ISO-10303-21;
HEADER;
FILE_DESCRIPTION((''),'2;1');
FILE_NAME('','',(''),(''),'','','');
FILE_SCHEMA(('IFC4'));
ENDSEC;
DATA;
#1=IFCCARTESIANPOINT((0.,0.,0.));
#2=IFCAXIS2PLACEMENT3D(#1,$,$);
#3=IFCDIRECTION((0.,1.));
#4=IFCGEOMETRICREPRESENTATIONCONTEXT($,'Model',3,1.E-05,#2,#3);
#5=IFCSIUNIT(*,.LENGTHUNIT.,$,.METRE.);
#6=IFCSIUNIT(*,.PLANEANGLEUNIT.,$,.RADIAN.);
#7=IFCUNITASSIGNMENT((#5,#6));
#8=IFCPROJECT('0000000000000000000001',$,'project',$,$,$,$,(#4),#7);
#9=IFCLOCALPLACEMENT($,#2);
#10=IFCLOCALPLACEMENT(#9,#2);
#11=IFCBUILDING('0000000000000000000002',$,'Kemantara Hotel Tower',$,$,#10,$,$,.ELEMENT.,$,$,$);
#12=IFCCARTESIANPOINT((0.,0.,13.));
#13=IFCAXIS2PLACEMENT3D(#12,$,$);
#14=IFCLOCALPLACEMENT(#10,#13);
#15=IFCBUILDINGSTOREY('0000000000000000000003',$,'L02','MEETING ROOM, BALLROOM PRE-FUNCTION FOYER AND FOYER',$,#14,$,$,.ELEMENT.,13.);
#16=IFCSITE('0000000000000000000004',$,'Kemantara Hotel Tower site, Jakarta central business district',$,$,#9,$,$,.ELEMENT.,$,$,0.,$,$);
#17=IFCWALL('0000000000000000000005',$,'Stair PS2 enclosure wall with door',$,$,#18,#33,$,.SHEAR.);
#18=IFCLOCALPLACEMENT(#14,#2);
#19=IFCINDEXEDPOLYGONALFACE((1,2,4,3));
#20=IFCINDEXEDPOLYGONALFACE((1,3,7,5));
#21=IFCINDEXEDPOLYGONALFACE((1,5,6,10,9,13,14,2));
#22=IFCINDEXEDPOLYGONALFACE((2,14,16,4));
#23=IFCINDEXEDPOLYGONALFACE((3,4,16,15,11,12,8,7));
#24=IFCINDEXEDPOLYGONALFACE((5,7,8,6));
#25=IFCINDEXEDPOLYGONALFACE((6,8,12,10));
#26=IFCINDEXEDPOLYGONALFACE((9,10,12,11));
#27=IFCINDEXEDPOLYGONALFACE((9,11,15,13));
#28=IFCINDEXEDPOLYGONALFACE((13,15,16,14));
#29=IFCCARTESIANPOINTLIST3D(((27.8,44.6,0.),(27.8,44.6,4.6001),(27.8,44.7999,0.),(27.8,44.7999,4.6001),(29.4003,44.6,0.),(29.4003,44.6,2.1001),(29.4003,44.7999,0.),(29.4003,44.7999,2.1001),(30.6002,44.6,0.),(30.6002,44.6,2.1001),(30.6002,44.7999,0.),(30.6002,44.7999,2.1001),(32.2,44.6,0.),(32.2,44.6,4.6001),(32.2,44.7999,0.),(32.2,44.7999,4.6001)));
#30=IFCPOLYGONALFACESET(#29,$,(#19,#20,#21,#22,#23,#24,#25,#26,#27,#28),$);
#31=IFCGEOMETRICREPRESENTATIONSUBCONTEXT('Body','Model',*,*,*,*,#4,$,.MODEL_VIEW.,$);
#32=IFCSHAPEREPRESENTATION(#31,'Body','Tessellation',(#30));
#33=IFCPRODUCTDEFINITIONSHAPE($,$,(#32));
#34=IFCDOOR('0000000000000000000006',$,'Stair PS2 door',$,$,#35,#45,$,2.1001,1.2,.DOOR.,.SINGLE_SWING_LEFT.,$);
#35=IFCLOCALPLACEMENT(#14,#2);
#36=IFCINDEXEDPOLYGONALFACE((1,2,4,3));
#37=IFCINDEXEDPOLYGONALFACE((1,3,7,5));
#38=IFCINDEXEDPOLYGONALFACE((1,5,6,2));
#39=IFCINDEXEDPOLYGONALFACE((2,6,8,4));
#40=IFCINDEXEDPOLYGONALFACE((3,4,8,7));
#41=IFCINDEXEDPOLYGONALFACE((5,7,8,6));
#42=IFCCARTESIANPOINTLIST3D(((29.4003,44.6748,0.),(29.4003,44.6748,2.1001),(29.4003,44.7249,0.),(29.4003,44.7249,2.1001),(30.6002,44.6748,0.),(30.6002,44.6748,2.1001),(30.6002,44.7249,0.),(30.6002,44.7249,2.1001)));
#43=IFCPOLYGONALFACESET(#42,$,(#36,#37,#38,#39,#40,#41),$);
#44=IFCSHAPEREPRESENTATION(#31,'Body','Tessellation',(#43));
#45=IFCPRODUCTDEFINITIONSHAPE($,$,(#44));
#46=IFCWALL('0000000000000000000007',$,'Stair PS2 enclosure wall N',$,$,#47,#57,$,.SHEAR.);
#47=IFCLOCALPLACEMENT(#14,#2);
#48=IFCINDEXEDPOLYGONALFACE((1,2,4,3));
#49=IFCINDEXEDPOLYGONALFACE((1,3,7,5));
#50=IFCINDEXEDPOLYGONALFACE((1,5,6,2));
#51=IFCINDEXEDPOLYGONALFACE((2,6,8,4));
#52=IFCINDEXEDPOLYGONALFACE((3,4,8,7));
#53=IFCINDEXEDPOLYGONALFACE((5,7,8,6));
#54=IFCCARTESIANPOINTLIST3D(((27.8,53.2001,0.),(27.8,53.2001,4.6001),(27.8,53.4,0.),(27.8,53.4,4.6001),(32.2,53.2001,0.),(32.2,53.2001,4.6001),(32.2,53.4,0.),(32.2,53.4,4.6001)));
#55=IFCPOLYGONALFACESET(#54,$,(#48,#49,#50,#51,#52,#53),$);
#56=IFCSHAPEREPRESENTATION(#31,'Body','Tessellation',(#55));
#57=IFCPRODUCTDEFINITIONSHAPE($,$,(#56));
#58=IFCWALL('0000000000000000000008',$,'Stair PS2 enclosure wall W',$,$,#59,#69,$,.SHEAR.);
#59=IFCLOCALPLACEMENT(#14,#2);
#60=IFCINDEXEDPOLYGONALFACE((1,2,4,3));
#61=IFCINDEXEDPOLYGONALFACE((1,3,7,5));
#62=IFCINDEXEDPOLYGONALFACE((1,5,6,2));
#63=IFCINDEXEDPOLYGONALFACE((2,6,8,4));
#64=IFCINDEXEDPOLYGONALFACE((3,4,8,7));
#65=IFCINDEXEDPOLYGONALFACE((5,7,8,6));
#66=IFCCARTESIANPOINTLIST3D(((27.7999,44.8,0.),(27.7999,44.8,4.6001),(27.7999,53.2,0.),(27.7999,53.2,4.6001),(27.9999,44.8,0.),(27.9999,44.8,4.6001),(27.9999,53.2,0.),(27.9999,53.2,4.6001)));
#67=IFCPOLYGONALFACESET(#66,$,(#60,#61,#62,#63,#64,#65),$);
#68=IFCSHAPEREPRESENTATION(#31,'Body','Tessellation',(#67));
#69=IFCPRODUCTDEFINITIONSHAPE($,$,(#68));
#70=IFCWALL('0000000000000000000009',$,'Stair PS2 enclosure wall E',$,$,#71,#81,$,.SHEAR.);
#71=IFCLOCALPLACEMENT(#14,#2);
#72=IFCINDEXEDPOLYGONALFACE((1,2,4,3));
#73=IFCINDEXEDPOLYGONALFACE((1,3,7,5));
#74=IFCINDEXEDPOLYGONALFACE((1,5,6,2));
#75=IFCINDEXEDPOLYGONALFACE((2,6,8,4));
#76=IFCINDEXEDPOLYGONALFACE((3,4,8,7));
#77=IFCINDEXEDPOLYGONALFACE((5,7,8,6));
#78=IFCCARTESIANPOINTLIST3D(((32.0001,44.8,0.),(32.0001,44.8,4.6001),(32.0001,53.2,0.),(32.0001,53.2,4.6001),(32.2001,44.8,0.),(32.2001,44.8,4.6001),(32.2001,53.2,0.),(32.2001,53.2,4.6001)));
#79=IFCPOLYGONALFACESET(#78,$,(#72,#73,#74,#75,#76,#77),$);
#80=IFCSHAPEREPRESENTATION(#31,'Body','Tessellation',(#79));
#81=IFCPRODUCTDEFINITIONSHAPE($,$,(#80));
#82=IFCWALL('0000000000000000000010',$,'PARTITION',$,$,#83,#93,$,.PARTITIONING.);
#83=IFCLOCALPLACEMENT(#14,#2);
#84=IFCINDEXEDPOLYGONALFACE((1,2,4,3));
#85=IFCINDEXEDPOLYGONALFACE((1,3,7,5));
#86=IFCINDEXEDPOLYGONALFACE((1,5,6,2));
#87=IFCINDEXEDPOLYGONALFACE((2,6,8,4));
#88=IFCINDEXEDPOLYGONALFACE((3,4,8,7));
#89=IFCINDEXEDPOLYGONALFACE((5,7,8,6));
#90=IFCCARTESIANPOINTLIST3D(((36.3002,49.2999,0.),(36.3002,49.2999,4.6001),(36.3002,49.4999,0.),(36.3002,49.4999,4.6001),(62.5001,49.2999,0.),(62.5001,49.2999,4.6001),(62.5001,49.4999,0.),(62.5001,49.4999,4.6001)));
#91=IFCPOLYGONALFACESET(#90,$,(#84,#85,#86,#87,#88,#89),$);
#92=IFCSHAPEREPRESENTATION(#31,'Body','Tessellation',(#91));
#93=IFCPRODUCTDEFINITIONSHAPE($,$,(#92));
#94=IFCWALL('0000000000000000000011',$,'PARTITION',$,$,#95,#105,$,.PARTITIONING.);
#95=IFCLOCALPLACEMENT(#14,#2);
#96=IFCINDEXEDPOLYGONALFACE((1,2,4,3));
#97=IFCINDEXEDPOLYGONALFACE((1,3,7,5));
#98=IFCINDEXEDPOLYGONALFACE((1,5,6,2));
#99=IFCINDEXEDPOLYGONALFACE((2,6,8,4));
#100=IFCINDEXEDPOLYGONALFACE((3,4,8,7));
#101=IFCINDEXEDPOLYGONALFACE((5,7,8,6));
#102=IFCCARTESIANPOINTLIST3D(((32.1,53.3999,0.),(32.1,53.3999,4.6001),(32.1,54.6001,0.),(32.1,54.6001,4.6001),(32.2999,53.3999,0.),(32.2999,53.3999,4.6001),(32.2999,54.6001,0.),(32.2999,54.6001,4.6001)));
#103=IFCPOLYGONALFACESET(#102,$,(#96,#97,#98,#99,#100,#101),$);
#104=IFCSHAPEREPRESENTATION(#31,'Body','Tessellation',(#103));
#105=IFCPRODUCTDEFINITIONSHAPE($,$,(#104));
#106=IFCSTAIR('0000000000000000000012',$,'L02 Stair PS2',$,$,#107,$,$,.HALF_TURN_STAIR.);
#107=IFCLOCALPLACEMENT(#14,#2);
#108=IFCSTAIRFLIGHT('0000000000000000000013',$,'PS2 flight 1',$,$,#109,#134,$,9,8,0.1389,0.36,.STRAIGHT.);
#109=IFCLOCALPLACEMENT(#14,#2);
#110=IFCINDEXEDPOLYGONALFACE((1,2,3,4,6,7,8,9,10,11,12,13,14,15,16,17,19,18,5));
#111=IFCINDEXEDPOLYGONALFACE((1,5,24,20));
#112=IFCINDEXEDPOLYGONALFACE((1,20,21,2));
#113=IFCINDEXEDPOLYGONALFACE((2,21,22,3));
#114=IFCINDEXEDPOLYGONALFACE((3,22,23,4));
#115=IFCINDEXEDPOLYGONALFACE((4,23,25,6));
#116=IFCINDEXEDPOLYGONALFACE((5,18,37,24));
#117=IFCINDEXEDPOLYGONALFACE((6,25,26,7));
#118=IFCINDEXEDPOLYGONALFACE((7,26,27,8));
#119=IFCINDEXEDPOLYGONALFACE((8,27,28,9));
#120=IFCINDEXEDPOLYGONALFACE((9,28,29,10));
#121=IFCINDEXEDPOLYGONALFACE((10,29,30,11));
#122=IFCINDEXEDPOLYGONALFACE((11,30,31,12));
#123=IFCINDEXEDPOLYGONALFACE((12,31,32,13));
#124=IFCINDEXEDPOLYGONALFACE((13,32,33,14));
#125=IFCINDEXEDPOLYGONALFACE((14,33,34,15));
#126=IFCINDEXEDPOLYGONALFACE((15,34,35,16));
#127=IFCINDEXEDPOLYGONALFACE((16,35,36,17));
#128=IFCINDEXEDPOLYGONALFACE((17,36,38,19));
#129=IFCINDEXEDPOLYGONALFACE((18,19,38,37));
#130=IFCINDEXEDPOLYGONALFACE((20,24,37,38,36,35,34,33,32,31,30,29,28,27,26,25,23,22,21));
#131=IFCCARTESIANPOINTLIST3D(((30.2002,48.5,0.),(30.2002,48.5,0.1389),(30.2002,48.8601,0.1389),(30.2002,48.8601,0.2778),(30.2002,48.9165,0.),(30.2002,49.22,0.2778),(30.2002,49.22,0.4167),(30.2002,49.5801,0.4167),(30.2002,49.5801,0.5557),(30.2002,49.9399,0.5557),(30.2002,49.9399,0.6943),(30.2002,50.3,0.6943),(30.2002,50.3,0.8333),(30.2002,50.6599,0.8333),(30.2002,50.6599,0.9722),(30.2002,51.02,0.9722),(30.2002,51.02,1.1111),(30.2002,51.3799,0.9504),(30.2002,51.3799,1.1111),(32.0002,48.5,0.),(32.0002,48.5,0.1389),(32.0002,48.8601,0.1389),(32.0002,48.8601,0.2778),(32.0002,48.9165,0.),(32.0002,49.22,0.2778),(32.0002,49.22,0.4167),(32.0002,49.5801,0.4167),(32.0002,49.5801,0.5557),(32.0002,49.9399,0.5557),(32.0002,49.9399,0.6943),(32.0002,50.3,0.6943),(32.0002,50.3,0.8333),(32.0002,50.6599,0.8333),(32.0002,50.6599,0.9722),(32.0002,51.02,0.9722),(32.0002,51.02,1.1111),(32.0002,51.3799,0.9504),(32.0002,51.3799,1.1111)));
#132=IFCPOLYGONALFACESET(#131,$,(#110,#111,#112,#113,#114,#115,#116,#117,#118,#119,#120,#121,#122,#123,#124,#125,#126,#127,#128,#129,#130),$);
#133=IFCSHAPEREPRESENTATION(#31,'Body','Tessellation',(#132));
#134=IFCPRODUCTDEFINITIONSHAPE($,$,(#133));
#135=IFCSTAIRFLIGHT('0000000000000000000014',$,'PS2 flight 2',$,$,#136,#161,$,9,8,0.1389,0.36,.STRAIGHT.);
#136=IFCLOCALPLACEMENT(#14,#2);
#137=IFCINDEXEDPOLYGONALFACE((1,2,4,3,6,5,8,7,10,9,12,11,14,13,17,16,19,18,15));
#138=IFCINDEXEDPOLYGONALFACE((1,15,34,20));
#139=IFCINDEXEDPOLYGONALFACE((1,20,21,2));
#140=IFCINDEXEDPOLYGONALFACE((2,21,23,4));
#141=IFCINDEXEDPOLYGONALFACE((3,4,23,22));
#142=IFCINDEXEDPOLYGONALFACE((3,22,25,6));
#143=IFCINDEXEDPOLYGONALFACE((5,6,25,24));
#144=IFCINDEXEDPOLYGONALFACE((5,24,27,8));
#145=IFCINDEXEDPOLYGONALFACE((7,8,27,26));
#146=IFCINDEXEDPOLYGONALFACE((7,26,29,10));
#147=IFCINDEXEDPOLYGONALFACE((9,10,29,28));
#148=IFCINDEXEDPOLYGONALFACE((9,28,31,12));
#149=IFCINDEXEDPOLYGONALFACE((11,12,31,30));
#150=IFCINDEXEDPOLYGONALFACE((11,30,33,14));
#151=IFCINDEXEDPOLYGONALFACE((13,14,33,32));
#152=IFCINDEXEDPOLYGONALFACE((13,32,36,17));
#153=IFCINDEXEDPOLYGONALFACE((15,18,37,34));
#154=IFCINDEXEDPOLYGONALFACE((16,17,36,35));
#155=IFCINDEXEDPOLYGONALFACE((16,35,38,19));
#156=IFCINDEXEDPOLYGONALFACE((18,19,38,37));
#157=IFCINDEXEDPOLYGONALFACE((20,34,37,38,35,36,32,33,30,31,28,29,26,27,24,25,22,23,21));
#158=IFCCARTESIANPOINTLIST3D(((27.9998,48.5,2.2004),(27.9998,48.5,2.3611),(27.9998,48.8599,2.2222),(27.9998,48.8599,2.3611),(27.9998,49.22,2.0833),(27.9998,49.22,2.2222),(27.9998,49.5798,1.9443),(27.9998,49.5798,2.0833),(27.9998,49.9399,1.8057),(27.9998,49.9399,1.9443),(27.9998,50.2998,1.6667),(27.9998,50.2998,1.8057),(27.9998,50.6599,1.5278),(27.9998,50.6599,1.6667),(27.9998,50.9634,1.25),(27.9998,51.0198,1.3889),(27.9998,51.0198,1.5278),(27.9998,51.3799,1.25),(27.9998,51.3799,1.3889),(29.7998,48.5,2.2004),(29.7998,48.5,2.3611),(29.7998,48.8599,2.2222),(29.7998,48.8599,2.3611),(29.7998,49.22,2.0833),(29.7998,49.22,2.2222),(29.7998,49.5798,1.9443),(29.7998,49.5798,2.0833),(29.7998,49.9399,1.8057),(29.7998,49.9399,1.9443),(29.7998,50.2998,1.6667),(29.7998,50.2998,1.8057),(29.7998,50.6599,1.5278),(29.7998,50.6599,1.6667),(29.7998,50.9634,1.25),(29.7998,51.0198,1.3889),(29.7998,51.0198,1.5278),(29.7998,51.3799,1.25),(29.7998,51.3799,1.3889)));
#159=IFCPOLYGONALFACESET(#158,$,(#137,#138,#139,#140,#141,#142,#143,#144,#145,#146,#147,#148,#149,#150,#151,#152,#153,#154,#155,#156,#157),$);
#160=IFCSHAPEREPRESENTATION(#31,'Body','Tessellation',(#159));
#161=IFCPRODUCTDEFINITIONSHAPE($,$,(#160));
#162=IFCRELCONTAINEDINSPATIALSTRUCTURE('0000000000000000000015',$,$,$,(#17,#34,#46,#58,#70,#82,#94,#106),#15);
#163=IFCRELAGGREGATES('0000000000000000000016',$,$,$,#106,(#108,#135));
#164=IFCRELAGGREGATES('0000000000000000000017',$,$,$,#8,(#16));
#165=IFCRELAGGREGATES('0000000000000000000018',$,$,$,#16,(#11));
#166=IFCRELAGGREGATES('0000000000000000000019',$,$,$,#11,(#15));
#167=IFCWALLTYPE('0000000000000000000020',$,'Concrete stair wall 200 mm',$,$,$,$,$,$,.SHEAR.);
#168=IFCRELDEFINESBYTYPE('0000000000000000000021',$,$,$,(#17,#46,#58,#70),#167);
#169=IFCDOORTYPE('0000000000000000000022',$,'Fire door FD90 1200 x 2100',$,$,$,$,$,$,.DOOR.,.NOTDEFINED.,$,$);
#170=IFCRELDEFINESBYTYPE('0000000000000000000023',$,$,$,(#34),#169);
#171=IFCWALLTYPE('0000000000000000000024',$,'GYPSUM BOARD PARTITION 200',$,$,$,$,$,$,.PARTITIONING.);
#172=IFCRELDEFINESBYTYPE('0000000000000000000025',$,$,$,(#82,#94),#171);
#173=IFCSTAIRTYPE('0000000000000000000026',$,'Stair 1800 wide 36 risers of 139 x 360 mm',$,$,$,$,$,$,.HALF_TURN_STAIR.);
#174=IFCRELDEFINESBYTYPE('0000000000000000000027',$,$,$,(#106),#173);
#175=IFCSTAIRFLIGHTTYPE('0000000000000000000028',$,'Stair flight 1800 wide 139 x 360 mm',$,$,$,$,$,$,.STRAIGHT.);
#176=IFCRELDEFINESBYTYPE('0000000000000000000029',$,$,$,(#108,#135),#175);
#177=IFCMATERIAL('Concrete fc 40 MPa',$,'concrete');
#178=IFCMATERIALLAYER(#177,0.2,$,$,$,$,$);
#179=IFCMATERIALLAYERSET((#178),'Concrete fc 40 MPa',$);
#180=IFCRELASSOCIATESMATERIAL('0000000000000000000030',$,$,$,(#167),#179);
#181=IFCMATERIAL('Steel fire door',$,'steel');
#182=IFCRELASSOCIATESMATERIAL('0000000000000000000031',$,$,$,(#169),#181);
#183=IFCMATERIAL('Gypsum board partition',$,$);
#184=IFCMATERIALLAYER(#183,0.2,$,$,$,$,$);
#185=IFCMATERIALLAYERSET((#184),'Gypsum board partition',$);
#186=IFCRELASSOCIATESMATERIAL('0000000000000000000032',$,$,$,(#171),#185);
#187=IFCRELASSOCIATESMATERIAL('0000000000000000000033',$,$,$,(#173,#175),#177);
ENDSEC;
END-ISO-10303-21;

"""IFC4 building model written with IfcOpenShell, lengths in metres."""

from ifc_helpers import new_model, si_unit, direction, frame, frame_2d, origin, place, context, subcontext, project, spatial, polyline, rectangle, outline, extrude, material, layer, layer_set, type_object, element, fill, aggregate, save


model = new_model("IFC4")

# Units and contexts
model_context = context("Model", 3, precision=1e-05, world=origin(), true_north=direction((0.0, 1.0)))
body_context = subcontext(model_context, "Body", "Model", "MODEL_VIEW")
ifc_project = project(units=[si_unit("LENGTHUNIT", "METRE"), si_unit("PLANEANGLEUNIT", "RADIAN")], contexts=[model_context])

# Site, building, storey
site_placement = place(None, origin())
site = spatial("IfcSite", under=ifc_project, at=site_placement, Name="Kemantara Hotel Tower site, Jakarta central business district", CompositionType="ELEMENT", RefElevation=0.0)
building_placement = place(site_placement, origin())
building = spatial("IfcBuilding", under=site, at=building_placement, Name="Kemantara Hotel Tower", CompositionType="ELEMENT")
storey_placement = place(building_placement, frame((0.0, 0.0, 13.0)))
storey = spatial("IfcBuildingStorey", under=building, at=storey_placement, Name="L02", Description="MEETING ROOM, BALLROOM PRE-FUNCTION FOYER AND FOYER", CompositionType="ELEMENT", Elevation=13.0)

# Wall, opening, door
ifc_material_1 = material(Name="Concrete fc 40 MPa", Category="concrete")
ifc_layer_1 = layer(ifc_material_1, 0.2)
ifc_layer_set_1 = layer_set([ifc_layer_1], Name="Concrete fc 40 MPa")
wall_type_1 = type_object("IfcWallType", Name="Concrete stair wall 200 mm", PredefinedType="SHEAR", material=ifc_layer_set_1)
wall_1_placement = place(storey_placement, frame((27.8, 44.7, 0.0), z_axis=(0.0, 0.0, 1.0), x_axis=(1.0, 0.0, 0.0)))
wall_1 = element("IfcWall", 1, at=wall_1_placement, inside=storey, type_object=wall_type_1, Name="Stair PS2 enclosure wall with door", PredefinedType="SHEAR", context=body_context, shape_type="SweptSolid", body=[
    extrude(rectangle(XDim=4.3999, YDim=0.2, at=frame_2d((2.2, 0.0))), origin(), (0.0, 0.0, 1.0), 4.6001),
])
opening_placement = place(wall_1_placement, frame((1.6001, 0.0, 0.0)))
opening = element("IfcOpeningElement", 2, at=opening_placement, cuts=wall_1, PredefinedType="OPENING", context=body_context, shape_type="SweptSolid", body=[
    extrude(rectangle(XDim=1.2, YDim=2.1001, at=frame_2d((0.6001, 1.05))), frame((0.0, 0.1099, 0.0), z_axis=(0.0, -1.0, 0.0), x_axis=(1.0, 0.0, 0.0)), (0.0, 0.0, 1.0), 0.22),
])
ifc_material_2 = material(Name="Steel fire door", Category="steel")
door_type = type_object("IfcDoorType", Name="Fire door FD90 1200 x 2100", OperationType="NOTDEFINED", PredefinedType="DOOR", material=ifc_material_2)
door_placement = place(opening_placement, origin())
door = element("IfcDoor", 3, at=door_placement, inside=storey, type_object=door_type, Name="Stair PS2 door", OperationType="SINGLE_SWING_LEFT", OverallHeight=2.1001, OverallWidth=1.2, PredefinedType="DOOR", context=body_context, shape_type="SweptSolid", body=[
    extrude(rectangle(XDim=1.2, YDim=2.1001, at=frame_2d((0.6001, 1.05))), frame((0.0, 0.0249, 0.0), z_axis=(0.0, -1.0, 0.0), x_axis=(1.0, 0.0, 0.0)), (0.0, 0.0, 1.0), 0.05),
])
fill(opening, door)

# Walls
wall_2_placement = place(storey_placement, frame((27.8, 53.3, 0.0), z_axis=(0.0, 0.0, 1.0), x_axis=(1.0, 0.0, 0.0)))
element("IfcWall", 4, at=wall_2_placement, inside=storey, type_object=wall_type_1, Name="Stair PS2 enclosure wall N", PredefinedType="SHEAR", context=body_context, shape_type="SweptSolid", body=[
    extrude(rectangle(XDim=4.3999, YDim=0.2, at=frame_2d((2.2, 0.0))), origin(), (0.0, 0.0, 1.0), 4.6001),
])
for number, where, z_axis, x_axis, name in (
    (5, (27.8999, 44.8, 0.0), (0.0, 0.0, 1.0), (0.0, 1.0, 0.0), "Stair PS2 enclosure wall W"),
    (6, (32.1001, 44.8, 0.0), (0.0, 0.0, 1.0), (0.0, 1.0, 0.0), "Stair PS2 enclosure wall E"),
):
    element("IfcWall", number, at=place(storey_placement, frame(where, z_axis=z_axis, x_axis=x_axis)), inside=storey, type_object=wall_type_1, Name=name, PredefinedType="SHEAR", context=body_context, shape_type="SweptSolid", body=[
        extrude(rectangle(XDim=8.3999, YDim=0.2, at=frame_2d((4.2, 0.0))), origin(), (0.0, 0.0, 1.0), 4.6001),
    ])
ifc_material_3 = material(Name="Gypsum board partition")
ifc_layer_2 = layer(ifc_material_3, 0.2)
ifc_layer_set_2 = layer_set([ifc_layer_2], Name="Gypsum board partition")
wall_type_2 = type_object("IfcWallType", Name="GYPSUM BOARD PARTITION 200", PredefinedType="PARTITIONING", material=ifc_layer_set_2)
wall_3_placement = place(storey_placement, frame((36.3, 49.3999, 0.0), z_axis=(0.0, 0.0, 1.0), x_axis=(1.0, 0.0, 0.0)))
element("IfcWall", 7, at=wall_3_placement, inside=storey, type_object=wall_type_2, Name="PARTITION", PredefinedType="PARTITIONING", context=body_context, shape_type="SweptSolid", body=[
    extrude(rectangle(XDim=26.2, YDim=0.2, at=frame_2d((13.1001, 0.0))), origin(), (0.0, 0.0, 1.0), 4.6001),
])
wall_4_placement = place(storey_placement, frame((32.2, 53.3999, 0.0), z_axis=(0.0, 0.0, 1.0), x_axis=(0.0, 1.0, 0.0)))
element("IfcWall", 8, at=wall_4_placement, inside=storey, type_object=wall_type_2, Name="PARTITION", PredefinedType="PARTITIONING", context=body_context, shape_type="SweptSolid", body=[
    extrude(rectangle(XDim=1.2002, YDim=0.2, at=frame_2d((0.6001, 0.0))), origin(), (0.0, 0.0, 1.0), 4.6001),
])

# Stair, stair flights
stair_type = type_object("IfcStairType", Name="Stair 1800 wide 36 risers of 139 x 360 mm", PredefinedType="HALF_TURN_STAIR", material=ifc_material_1)
stair_placement = place(storey_placement, origin())
stair = element("IfcStair", 9, at=stair_placement, inside=storey, type_object=stair_type, Name="L02 Stair PS2", PredefinedType="HALF_TURN_STAIR")
stair_flight_type = type_object("IfcStairFlightType", Name="Stair flight 1800 wide 139 x 360 mm", PredefinedType="STRAIGHT", material=ifc_material_1)
stair_flight_1_placement = place(storey_placement, frame((31.1001, 48.5, 0.0), z_axis=(0.0, 0.0, 1.0), x_axis=(0.0, 1.0, 0.0)))
stair_flight_1 = element("IfcStairFlight", 10, at=stair_flight_1_placement, type_object=stair_flight_type, Name="PS2 flight 1", NumberOfRisers=9, NumberOfTreads=8, PredefinedType="STRAIGHT", RiserHeight=0.1389, TreadLength=0.36, context=body_context, shape_type="SweptSolid", body=[
    extrude(outline(polyline([(0.0, 0.0), (0.0, 0.1389), (0.3601, 0.1389), (0.3601, 0.2778), (0.72, 0.2778), (0.72, 0.4167), (1.0801, 0.4167), (1.0801, 0.5557), (1.4399, 0.5557), (1.4399, 0.6943), (1.8, 0.6943), (1.8, 0.8333), (2.1599, 0.8333), (2.1599, 0.9722), (2.52, 0.9722), (2.52, 1.1111), (2.8799, 1.1111), (2.8799, 1.25), (2.8799, 0.9504), (0.4165, 0.0), (0.0, 0.0)])), frame((0.0, 0.8999, 0.0), z_axis=(0.0, -1.0, 0.0), x_axis=(1.0, 0.0, 0.0)), (0.0, 0.0, 1.0), 1.8),
])
stair_flight_2_placement = place(storey_placement, frame((28.8999, 51.3799, 1.25), z_axis=(0.0, 0.0, 1.0), x_axis=(0.0, -1.0, 0.0)))
stair_flight_2 = element("IfcStairFlight", 11, at=stair_flight_2_placement, type_object=stair_flight_type, Name="PS2 flight 2", NumberOfRisers=9, NumberOfTreads=8, PredefinedType="STRAIGHT", RiserHeight=0.1389, TreadLength=0.36, context=body_context, shape_type="SweptSolid", body=[
    extrude(outline(polyline([(0.0, 0.0), (0.0, 0.1389), (0.3601, 0.1389), (0.3601, 0.2778), (0.72, 0.2778), (0.72, 0.4167), (1.0801, 0.4167), (1.0801, 0.5557), (1.4399, 0.5557), (1.4399, 0.6943), (1.8, 0.6943), (1.8, 0.8333), (2.1599, 0.8333), (2.1599, 0.9722), (2.52, 0.9722), (2.52, 1.1111), (2.8799, 1.1111), (2.8799, 1.25), (2.8799, 0.9504), (0.4165, 0.0), (0.0, 0.0)])), frame((0.0, 0.8999, 0.0), z_axis=(0.0, -1.0, 0.0), x_axis=(1.0, 0.0, 0.0)), (0.0, 0.0, 1.0), 1.8),
])
aggregate(stair, [stair_flight_1, stair_flight_2])

save(model, "model.ifc")
